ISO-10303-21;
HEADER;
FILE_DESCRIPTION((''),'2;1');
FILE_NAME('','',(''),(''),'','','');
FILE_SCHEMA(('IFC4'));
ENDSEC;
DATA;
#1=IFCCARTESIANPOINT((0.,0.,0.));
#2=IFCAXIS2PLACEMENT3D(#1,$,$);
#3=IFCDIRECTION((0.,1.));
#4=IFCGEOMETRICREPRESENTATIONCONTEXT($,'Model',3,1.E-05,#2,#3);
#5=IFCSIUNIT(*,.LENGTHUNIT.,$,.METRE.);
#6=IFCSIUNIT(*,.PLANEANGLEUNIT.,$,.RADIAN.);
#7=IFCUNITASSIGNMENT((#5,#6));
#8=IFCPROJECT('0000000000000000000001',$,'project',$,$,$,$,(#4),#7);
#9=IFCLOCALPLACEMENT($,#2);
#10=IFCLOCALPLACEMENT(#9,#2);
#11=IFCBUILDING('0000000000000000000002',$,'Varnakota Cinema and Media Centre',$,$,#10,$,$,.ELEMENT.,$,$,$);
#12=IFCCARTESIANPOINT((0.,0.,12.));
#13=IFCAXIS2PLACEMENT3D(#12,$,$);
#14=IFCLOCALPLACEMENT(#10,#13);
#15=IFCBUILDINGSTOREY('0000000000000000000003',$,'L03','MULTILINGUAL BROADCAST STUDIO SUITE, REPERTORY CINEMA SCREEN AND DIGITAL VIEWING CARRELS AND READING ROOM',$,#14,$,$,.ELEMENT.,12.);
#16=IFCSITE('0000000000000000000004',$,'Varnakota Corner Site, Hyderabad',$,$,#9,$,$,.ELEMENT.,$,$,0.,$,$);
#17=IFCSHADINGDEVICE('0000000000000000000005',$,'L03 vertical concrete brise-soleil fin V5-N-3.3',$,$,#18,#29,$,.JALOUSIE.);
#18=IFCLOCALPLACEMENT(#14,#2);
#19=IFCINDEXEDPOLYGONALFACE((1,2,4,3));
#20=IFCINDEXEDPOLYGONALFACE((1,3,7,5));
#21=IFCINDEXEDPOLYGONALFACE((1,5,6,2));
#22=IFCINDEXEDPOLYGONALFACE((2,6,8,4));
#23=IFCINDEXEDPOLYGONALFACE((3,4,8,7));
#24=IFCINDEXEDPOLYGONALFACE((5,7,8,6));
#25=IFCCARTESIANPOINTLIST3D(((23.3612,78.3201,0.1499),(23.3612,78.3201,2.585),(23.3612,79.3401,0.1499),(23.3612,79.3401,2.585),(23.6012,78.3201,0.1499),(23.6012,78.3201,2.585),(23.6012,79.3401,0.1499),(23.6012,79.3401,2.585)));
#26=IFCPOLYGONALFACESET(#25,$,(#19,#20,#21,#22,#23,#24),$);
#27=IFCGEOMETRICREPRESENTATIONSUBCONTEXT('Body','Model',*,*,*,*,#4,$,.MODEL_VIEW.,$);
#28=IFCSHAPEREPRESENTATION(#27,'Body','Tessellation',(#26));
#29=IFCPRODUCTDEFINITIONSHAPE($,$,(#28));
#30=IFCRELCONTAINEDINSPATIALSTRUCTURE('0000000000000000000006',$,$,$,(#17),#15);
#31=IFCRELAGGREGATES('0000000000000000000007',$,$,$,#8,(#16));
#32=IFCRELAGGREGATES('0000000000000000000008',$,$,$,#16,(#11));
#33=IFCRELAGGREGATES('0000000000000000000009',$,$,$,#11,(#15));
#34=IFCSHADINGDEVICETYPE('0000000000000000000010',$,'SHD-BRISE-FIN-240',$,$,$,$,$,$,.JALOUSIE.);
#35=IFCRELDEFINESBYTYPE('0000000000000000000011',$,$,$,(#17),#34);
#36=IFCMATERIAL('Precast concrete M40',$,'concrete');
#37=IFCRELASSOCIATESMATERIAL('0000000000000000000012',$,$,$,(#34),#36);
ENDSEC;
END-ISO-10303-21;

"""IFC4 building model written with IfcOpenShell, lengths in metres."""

from ifc_helpers import new_model, si_unit, direction, frame, origin, origin_2d, place, context, subcontext, project, spatial, rectangle, extrude, material, type_object, element, save


model = new_model("IFC4")

# Units and contexts
model_context = context("Model", 3, precision=1e-05, world=origin(), true_north=direction((0.0, 1.0)))
body_context = subcontext(model_context, "Body", "Model", "MODEL_VIEW")
ifc_project = project(units=[si_unit("LENGTHUNIT", "METRE"), si_unit("PLANEANGLEUNIT", "RADIAN")], contexts=[model_context])

# Site, building, storey
site_placement = place(None, origin())
site = spatial("IfcSite", under=ifc_project, at=site_placement, Name="Varnakota Corner Site, Hyderabad", CompositionType="ELEMENT", RefElevation=0.0)
building_placement = place(site_placement, origin())
building = spatial("IfcBuilding", under=site, at=building_placement, Name="Varnakota Cinema and Media Centre", CompositionType="ELEMENT")
storey_placement = place(building_placement, frame((0.0, 0.0, 12.0)))
storey = spatial("IfcBuildingStorey", under=building, at=storey_placement, Name="L03", Description="MULTILINGUAL BROADCAST STUDIO SUITE, REPERTORY CINEMA SCREEN AND DIGITAL VIEWING CARRELS AND READING ROOM", CompositionType="ELEMENT", Elevation=12.0)

# Shading device
ifc_material_1 = material(Name="Precast concrete M40", Category="concrete")
shading_device_type = type_object("IfcShadingDeviceType", Name="SHD-BRISE-FIN-240", PredefinedType="JALOUSIE", material=ifc_material_1)
shading_device_placement = place(storey_placement, frame((23.4812, 78.8301, 0.1499), z_axis=(0.0, 0.0, 1.0), x_axis=(1.0, 0.0, 0.0)))
element("IfcShadingDevice", 1, at=shading_device_placement, inside=storey, type_object=shading_device_type, Name="L03 vertical concrete brise-soleil fin V5-N-3.3", PredefinedType="JALOUSIE", context=body_context, shape_type="SweptSolid", body=[
    extrude(rectangle(XDim=0.24, YDim=1.02, at=origin_2d()), origin(), (0.0, 0.0, 1.0), 2.4351),
])

save(model, "model.ifc")
